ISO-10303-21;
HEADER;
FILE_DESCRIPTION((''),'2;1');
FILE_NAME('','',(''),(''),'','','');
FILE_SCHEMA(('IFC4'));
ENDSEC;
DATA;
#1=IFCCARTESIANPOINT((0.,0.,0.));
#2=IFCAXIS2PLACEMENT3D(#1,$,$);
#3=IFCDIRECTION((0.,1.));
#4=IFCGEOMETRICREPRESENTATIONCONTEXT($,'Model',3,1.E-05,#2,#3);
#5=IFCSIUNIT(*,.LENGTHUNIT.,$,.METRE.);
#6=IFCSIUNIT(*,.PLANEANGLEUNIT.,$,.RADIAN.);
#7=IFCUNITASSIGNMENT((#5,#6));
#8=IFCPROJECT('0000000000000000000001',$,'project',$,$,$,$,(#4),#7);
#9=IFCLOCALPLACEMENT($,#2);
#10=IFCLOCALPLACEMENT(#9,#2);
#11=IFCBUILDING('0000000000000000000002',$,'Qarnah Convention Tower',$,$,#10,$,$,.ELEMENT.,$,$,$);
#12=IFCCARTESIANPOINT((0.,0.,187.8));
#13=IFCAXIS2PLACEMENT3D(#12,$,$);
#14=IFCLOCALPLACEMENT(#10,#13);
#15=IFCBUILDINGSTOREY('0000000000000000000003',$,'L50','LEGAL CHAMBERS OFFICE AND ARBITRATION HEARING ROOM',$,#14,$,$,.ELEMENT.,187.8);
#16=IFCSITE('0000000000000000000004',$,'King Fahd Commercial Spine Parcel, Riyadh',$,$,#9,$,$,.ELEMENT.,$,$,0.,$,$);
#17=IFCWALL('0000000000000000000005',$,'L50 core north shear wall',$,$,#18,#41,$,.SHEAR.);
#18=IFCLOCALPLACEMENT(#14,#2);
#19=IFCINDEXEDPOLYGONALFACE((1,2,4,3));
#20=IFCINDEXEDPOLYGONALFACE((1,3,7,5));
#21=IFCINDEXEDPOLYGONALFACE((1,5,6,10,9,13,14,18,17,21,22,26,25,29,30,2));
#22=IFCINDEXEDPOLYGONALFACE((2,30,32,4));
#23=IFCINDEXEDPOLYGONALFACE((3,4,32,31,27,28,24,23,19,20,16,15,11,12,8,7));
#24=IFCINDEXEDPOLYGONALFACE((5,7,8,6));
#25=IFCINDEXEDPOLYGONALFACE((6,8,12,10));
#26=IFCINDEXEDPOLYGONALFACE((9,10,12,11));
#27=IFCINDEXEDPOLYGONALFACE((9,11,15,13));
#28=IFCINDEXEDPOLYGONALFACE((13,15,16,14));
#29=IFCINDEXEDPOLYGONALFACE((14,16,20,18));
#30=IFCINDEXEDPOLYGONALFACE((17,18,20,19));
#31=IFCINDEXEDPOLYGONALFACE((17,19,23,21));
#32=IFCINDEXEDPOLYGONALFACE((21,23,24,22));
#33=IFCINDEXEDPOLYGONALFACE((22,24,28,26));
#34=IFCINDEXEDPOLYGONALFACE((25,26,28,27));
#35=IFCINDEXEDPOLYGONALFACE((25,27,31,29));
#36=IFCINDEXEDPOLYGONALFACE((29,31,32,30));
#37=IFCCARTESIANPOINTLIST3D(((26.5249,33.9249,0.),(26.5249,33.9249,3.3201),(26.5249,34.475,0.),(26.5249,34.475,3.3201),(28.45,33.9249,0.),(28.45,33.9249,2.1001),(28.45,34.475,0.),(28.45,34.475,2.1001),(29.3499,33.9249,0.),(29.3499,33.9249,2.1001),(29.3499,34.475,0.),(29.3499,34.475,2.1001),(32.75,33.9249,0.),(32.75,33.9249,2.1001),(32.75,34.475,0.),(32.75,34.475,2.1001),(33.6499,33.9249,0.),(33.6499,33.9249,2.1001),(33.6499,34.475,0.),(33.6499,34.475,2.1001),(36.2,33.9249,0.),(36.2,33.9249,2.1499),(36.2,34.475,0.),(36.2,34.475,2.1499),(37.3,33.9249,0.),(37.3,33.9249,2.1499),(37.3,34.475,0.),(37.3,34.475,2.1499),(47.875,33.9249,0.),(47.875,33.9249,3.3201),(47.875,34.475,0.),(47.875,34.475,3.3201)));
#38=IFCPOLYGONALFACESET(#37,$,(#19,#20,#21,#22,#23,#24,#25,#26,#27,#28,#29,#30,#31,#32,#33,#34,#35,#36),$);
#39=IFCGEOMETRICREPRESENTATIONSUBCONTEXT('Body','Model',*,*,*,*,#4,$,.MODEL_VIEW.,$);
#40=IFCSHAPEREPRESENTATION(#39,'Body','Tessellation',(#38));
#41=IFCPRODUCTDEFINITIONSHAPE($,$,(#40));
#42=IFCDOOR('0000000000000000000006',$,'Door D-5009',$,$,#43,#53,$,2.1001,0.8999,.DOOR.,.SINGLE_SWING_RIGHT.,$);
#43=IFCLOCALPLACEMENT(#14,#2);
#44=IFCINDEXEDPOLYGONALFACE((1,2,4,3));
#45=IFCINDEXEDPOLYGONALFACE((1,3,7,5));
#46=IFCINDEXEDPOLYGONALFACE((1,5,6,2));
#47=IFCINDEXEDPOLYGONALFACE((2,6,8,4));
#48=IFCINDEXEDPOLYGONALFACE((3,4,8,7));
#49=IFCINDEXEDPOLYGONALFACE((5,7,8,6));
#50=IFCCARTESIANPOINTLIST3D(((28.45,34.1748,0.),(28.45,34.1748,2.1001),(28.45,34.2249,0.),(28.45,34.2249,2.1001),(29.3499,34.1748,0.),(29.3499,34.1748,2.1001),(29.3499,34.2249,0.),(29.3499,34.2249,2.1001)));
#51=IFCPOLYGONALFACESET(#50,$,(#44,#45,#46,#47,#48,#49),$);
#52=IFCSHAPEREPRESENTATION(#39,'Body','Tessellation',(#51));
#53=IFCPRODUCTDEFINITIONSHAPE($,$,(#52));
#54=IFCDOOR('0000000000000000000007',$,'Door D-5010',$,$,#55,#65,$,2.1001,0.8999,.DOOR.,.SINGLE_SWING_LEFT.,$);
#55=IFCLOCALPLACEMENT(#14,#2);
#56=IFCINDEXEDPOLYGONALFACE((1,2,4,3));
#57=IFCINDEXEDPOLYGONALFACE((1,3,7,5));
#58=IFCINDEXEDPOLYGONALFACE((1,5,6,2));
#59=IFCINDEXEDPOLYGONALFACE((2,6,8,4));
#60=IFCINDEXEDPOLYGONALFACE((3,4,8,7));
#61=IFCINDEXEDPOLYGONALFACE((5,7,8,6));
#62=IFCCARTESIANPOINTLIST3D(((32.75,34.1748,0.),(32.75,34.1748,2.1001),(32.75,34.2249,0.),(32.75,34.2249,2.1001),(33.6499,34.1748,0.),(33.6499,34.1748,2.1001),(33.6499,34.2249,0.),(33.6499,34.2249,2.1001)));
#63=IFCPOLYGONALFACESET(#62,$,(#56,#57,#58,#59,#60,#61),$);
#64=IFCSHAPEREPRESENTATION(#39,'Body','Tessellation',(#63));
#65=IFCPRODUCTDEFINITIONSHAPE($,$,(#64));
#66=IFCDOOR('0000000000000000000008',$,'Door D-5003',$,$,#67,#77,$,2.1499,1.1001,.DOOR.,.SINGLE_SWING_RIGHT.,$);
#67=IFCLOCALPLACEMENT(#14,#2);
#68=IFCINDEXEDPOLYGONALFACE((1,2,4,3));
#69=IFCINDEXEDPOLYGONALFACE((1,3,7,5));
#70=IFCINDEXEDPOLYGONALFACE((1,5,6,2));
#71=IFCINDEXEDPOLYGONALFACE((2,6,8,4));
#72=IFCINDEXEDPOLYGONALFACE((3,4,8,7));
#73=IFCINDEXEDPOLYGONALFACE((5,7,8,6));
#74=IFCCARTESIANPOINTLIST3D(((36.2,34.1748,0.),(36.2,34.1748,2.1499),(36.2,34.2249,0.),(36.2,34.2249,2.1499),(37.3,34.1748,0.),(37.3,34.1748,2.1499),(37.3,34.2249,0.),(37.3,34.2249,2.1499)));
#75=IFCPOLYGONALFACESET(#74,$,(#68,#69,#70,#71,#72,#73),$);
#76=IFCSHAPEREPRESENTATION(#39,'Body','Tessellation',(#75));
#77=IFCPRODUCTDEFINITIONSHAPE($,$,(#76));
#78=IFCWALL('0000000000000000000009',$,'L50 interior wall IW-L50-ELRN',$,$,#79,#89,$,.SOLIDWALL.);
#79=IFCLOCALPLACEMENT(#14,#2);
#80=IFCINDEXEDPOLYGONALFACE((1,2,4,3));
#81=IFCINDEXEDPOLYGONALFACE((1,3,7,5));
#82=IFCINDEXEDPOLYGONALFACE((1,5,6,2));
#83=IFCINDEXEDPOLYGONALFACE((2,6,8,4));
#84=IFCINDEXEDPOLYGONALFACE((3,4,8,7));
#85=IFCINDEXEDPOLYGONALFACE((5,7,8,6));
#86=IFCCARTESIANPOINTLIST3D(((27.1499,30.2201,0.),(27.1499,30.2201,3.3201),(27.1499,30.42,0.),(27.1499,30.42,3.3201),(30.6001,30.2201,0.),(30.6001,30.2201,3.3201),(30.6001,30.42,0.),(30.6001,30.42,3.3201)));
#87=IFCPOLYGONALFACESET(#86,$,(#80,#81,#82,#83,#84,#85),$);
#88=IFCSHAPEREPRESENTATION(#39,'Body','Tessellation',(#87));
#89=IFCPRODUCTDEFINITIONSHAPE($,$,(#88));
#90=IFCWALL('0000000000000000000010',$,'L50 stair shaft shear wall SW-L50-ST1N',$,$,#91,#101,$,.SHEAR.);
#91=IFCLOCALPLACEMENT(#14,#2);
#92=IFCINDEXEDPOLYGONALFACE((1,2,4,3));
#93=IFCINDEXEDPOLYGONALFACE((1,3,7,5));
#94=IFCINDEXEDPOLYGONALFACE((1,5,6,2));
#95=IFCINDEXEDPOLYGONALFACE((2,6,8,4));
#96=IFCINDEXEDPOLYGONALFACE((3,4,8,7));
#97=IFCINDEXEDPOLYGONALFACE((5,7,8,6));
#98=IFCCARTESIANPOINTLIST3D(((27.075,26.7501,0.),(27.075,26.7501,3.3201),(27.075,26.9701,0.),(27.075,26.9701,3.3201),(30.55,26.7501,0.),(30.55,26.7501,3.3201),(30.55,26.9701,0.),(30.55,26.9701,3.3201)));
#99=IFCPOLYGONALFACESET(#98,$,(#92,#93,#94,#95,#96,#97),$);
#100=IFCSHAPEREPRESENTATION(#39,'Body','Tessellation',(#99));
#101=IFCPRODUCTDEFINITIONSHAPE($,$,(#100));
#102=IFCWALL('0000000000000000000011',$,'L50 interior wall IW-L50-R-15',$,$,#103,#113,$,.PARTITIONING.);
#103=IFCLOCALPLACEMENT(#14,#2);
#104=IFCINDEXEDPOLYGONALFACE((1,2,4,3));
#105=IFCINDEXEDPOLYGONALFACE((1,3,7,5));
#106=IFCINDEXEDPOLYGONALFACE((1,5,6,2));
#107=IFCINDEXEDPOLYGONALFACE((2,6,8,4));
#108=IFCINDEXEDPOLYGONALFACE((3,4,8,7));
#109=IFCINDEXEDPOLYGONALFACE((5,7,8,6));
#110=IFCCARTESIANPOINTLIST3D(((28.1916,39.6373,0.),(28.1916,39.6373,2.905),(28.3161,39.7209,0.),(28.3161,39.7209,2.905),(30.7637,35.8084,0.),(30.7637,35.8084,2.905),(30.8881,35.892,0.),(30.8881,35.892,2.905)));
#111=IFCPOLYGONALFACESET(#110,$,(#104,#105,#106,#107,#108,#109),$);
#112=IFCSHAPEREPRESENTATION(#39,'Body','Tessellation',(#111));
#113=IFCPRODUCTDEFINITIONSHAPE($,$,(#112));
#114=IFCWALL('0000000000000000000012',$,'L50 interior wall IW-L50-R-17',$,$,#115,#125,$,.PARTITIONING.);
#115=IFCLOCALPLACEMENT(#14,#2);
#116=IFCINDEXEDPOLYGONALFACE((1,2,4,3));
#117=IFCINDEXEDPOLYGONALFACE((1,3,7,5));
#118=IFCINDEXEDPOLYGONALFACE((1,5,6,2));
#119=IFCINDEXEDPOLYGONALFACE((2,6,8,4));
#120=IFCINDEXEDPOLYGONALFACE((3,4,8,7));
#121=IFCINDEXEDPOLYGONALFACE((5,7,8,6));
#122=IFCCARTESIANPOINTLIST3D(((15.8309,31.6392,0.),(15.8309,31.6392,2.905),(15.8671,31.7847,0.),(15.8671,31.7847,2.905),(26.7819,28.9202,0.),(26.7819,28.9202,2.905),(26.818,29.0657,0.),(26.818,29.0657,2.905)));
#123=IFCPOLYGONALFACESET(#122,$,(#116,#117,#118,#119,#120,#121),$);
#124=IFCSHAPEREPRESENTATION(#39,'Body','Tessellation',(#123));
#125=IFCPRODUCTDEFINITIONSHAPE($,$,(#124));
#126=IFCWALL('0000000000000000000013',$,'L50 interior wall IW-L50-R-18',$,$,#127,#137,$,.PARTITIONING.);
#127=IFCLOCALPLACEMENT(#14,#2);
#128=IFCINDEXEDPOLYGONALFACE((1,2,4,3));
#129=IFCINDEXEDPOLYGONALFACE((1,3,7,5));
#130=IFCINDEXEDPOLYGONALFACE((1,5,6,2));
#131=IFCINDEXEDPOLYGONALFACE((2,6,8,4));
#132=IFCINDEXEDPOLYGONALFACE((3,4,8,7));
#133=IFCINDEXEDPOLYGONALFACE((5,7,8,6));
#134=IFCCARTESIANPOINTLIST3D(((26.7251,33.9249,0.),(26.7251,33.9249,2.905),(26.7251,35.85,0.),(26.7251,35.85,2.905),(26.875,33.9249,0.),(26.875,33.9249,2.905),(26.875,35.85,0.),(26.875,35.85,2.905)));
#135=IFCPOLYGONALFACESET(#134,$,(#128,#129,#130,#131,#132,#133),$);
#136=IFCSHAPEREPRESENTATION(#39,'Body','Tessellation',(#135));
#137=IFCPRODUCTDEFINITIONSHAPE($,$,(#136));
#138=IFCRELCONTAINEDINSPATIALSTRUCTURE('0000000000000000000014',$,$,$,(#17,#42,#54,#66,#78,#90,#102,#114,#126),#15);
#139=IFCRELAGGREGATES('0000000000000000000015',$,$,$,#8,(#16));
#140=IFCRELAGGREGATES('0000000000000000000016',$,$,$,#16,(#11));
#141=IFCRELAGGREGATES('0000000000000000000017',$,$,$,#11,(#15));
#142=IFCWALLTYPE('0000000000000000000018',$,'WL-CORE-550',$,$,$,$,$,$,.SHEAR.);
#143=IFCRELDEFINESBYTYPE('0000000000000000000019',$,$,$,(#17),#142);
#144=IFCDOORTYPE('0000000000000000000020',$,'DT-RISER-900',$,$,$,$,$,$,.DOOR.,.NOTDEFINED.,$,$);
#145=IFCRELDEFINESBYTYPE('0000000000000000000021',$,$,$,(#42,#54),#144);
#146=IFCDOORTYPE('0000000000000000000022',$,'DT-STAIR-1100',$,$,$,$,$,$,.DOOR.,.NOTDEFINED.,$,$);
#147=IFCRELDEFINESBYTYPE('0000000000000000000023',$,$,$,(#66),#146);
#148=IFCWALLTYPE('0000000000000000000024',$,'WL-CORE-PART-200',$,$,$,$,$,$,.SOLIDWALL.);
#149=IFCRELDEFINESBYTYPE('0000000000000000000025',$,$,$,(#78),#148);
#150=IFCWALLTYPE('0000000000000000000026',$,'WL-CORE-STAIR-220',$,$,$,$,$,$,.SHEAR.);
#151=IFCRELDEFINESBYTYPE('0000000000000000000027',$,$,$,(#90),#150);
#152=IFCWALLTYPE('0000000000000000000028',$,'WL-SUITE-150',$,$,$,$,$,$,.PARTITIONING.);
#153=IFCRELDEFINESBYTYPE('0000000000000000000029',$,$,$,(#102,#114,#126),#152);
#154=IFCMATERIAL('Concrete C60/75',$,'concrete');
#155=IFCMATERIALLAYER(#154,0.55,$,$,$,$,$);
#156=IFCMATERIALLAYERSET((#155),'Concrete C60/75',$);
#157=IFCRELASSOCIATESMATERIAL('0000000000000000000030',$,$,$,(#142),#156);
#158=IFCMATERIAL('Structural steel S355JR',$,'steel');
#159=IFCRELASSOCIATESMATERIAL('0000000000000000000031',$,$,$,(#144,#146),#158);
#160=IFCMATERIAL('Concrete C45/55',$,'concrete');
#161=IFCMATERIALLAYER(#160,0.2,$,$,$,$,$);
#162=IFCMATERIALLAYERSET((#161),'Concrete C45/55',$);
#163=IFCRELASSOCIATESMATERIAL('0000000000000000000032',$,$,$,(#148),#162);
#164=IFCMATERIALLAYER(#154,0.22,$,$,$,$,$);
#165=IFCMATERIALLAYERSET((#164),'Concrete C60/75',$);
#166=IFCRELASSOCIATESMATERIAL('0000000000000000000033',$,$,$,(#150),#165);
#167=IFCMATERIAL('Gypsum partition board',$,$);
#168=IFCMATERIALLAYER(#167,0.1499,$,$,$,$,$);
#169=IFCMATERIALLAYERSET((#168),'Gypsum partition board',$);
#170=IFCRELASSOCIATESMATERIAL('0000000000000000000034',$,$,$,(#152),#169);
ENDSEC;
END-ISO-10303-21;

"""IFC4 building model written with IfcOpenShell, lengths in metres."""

from ifc_helpers import new_model, si_unit, direction, frame, frame_2d, origin, place, context, subcontext, project, spatial, rectangle, extrude, material, layer, layer_set, type_object, element, fill, save


model = new_model("IFC4")

# Units and contexts
model_context = context("Model", 3, precision=1e-05, world=origin(), true_north=direction((0.0, 1.0)))
body_context = subcontext(model_context, "Body", "Model", "MODEL_VIEW")
ifc_project = project(units=[si_unit("LENGTHUNIT", "METRE"), si_unit("PLANEANGLEUNIT", "RADIAN")], contexts=[model_context])

# Site, building, storey
site_placement = place(None, origin())
site = spatial("IfcSite", under=ifc_project, at=site_placement, Name="King Fahd Commercial Spine Parcel, Riyadh", CompositionType="ELEMENT", RefElevation=0.0)
building_placement = place(site_placement, origin())
building = spatial("IfcBuilding", under=site, at=building_placement, Name="Qarnah Convention Tower", CompositionType="ELEMENT")
storey_placement = place(building_placement, frame((0.0, 0.0, 187.8)))
storey = spatial("IfcBuildingStorey", under=building, at=storey_placement, Name="L50", Description="LEGAL CHAMBERS OFFICE AND ARBITRATION HEARING ROOM", CompositionType="ELEMENT", Elevation=187.8)

# Shared definitions
ifc_material_1 = material(Name="Structural steel S355JR", Category="steel")

# Wall, openings, doors
ifc_material_2 = material(Name="Concrete C60/75", Category="concrete")
ifc_layer_1 = layer(ifc_material_2, 0.55)
ifc_layer_set_1 = layer_set([ifc_layer_1], Name="Concrete C60/75")
wall_type_1 = type_object("IfcWallType", Name="WL-CORE-550", PredefinedType="SHEAR", material=ifc_layer_set_1)
wall_1_placement = place(storey_placement, frame((26.5249, 34.2, 0.0), z_axis=(0.0, 0.0, 1.0), x_axis=(1.0, 0.0, 0.0)))
wall_1 = element("IfcWall", 1, at=wall_1_placement, inside=storey, type_object=wall_type_1, Name="L50 core north shear wall", PredefinedType="SHEAR", context=body_context, shape_type="SweptSolid", body=[
    extrude(rectangle(XDim=21.3501, YDim=0.55, at=frame_2d((10.675, 0.0))), origin(), (0.0, 0.0, 1.0), 3.3201),
])
opening_1_placement = place(wall_1_placement, frame((9.675, 0.0, 0.0)))
opening_1 = element("IfcOpeningElement", 2, at=opening_1_placement, cuts=wall_1, PredefinedType="OPENING", context=body_context, shape_type="SweptSolid", body=[
    extrude(rectangle(XDim=1.1001, YDim=2.1499, at=frame_2d((0.55, 1.075))), frame((0.0, 0.2849, 0.0), z_axis=(0.0, -1.0, 0.0), x_axis=(1.0, 0.0, 0.0)), (0.0, 0.0, 1.0), 0.5701),
])
opening_2_placement = place(wall_1_placement, frame((1.925, 0.0, 0.0)))
opening_2 = element("IfcOpeningElement", 3, at=opening_2_placement, cuts=wall_1, PredefinedType="OPENING", context=body_context, shape_type="SweptSolid", body=[
    extrude(rectangle(XDim=0.8999, YDim=2.1001, at=frame_2d((0.45, 1.05))), frame((0.0, 0.2849, 0.0), z_axis=(0.0, -1.0, 0.0), x_axis=(1.0, 0.0, 0.0)), (0.0, 0.0, 1.0), 0.5701),
])
opening_3_placement = place(wall_1_placement, frame((6.2251, 0.0, 0.0)))
opening_3 = element("IfcOpeningElement", 4, at=opening_3_placement, cuts=wall_1, PredefinedType="OPENING", context=body_context, shape_type="SweptSolid", body=[
    extrude(rectangle(XDim=0.8999, YDim=2.1001, at=frame_2d((0.45, 1.05))), frame((0.0, 0.2849, 0.0), z_axis=(0.0, -1.0, 0.0), x_axis=(1.0, 0.0, 0.0)), (0.0, 0.0, 1.0), 0.5701),
])
door_type_1 = type_object("IfcDoorType", Name="DT-RISER-900", OperationType="NOTDEFINED", PredefinedType="DOOR", material=ifc_material_1)
door_1_placement = place(opening_2_placement, origin())
door_1 = element("IfcDoor", 5, at=door_1_placement, inside=storey, type_object=door_type_1, Name="Door D-5009", OperationType="SINGLE_SWING_RIGHT", OverallHeight=2.1001, OverallWidth=0.8999, PredefinedType="DOOR", context=body_context, shape_type="SweptSolid", body=[
    extrude(rectangle(XDim=0.8999, YDim=2.1001, at=frame_2d((0.45, 1.05))), frame((0.0, 0.0249, 0.0), z_axis=(0.0, -1.0, 0.0), x_axis=(1.0, 0.0, 0.0)), (0.0, 0.0, 1.0), 0.05),
])
fill(opening_2, door_1)
door_2_placement = place(opening_3_placement, origin())
door_2 = element("IfcDoor", 6, at=door_2_placement, inside=storey, type_object=door_type_1, Name="Door D-5010", OperationType="SINGLE_SWING_LEFT", OverallHeight=2.1001, OverallWidth=0.8999, PredefinedType="DOOR", context=body_context, shape_type="SweptSolid", body=[
    extrude(rectangle(XDim=0.8999, YDim=2.1001, at=frame_2d((0.45, 1.05))), frame((0.0, 0.0249, 0.0), z_axis=(0.0, -1.0, 0.0), x_axis=(1.0, 0.0, 0.0)), (0.0, 0.0, 1.0), 0.05),
])
fill(opening_3, door_2)
door_type_2 = type_object("IfcDoorType", Name="DT-STAIR-1100", OperationType="NOTDEFINED", PredefinedType="DOOR", material=ifc_material_1)
door_3_placement = place(opening_1_placement, origin())
door_3 = element("IfcDoor", 7, at=door_3_placement, inside=storey, type_object=door_type_2, Name="Door D-5003", OperationType="SINGLE_SWING_RIGHT", OverallHeight=2.1499, OverallWidth=1.1001, PredefinedType="DOOR", context=body_context, shape_type="SweptSolid", body=[
    extrude(rectangle(XDim=1.1001, YDim=2.1499, at=frame_2d((0.55, 1.075))), frame((0.0, 0.0249, 0.0), z_axis=(0.0, -1.0, 0.0), x_axis=(1.0, 0.0, 0.0)), (0.0, 0.0, 1.0), 0.05),
])
fill(opening_1, door_3)

# Walls
ifc_material_3 = material(Name="Concrete C45/55", Category="concrete")
ifc_layer_2 = layer(ifc_material_3, 0.2)
ifc_layer_set_2 = layer_set([ifc_layer_2], Name="Concrete C45/55")
wall_type_2 = type_object("IfcWallType", Name="WL-CORE-PART-200", PredefinedType="SOLIDWALL", material=ifc_layer_set_2)
wall_2_placement = place(storey_placement, frame((27.1499, 30.3201, 0.0), z_axis=(0.0, 0.0, 1.0), x_axis=(1.0, 0.0, 0.0)))
element("IfcWall", 8, at=wall_2_placement, inside=storey, type_object=wall_type_2, Name="L50 interior wall IW-L50-ELRN", PredefinedType="SOLIDWALL", context=body_context, shape_type="SweptSolid", body=[
    extrude(rectangle(XDim=3.4502, YDim=0.2, at=frame_2d((1.7251, 0.0))), origin(), (0.0, 0.0, 1.0), 3.3201),
])
ifc_layer_3 = layer(ifc_material_2, 0.22)
ifc_layer_set_3 = layer_set([ifc_layer_3], Name="Concrete C60/75")
wall_type_3 = type_object("IfcWallType", Name="WL-CORE-STAIR-220", PredefinedType="SHEAR", material=ifc_layer_set_3)
wall_3_placement = place(storey_placement, frame((27.075, 26.8601, 0.0), z_axis=(0.0, 0.0, 1.0), x_axis=(1.0, 0.0, 0.0)))
element("IfcWall", 9, at=wall_3_placement, inside=storey, type_object=wall_type_3, Name="L50 stair shaft shear wall SW-L50-ST1N", PredefinedType="SHEAR", context=body_context, shape_type="SweptSolid", body=[
    extrude(rectangle(XDim=3.4751, YDim=0.22, at=frame_2d((1.7375, 0.0))), origin(), (0.0, 0.0, 1.0), 3.3201),
])
ifc_material_4 = material(Name="Gypsum partition board")
ifc_layer_4 = layer(ifc_material_4, 0.1499)
ifc_layer_set_4 = layer_set([ifc_layer_4], Name="Gypsum partition board")
wall_type_4 = type_object("IfcWallType", Name="WL-SUITE-150", PredefinedType="PARTITIONING", material=ifc_layer_set_4)
wall_4_placement = place(storey_placement, frame((28.2539, 39.679, 0.0), z_axis=(0.0, 0.0, 1.0), x_axis=(0.557616, -0.830099, 0.0)))
element("IfcWall", 10, at=wall_4_placement, inside=storey, type_object=wall_type_4, Name="L50 interior wall IW-L50-R-15", PredefinedType="PARTITIONING", context=body_context, shape_type="SweptSolid", body=[
    extrude(rectangle(XDim=4.6125, YDim=0.1499, at=frame_2d((2.3062, 0.0))), origin(), (0.0, 0.0, 1.0), 2.905),
])
wall_5_placement = place(storey_placement, frame((15.8491, 31.7119, 0.0), z_axis=(0.0, 0.0, 1.0), x_axis=(0.970532, -0.240972, 0.0)))
element("IfcWall", 11, at=wall_5_placement, inside=storey, type_object=wall_type_4, Name="L50 interior wall IW-L50-R-17", PredefinedType="PARTITIONING", context=body_context, shape_type="SweptSolid", body=[
    extrude(rectangle(XDim=11.2834, YDim=0.1499, at=frame_2d((5.6416, 0.0))), origin(), (0.0, 0.0, 1.0), 2.905),
])
wall_6_placement = place(storey_placement, frame((26.8, 33.925, 0.0), z_axis=(0.0, 0.0, 1.0), x_axis=(0.0, 1.0, 0.0)))
element("IfcWall", 12, at=wall_6_placement, inside=storey, type_object=wall_type_4, Name="L50 interior wall IW-L50-R-18", PredefinedType="PARTITIONING", context=body_context, shape_type="SweptSolid", body=[
    extrude(rectangle(XDim=1.925, YDim=0.1499, at=frame_2d((0.9624, 0.0))), origin(), (0.0, 0.0, 1.0), 2.905),
])

save(model, "model.ifc")
